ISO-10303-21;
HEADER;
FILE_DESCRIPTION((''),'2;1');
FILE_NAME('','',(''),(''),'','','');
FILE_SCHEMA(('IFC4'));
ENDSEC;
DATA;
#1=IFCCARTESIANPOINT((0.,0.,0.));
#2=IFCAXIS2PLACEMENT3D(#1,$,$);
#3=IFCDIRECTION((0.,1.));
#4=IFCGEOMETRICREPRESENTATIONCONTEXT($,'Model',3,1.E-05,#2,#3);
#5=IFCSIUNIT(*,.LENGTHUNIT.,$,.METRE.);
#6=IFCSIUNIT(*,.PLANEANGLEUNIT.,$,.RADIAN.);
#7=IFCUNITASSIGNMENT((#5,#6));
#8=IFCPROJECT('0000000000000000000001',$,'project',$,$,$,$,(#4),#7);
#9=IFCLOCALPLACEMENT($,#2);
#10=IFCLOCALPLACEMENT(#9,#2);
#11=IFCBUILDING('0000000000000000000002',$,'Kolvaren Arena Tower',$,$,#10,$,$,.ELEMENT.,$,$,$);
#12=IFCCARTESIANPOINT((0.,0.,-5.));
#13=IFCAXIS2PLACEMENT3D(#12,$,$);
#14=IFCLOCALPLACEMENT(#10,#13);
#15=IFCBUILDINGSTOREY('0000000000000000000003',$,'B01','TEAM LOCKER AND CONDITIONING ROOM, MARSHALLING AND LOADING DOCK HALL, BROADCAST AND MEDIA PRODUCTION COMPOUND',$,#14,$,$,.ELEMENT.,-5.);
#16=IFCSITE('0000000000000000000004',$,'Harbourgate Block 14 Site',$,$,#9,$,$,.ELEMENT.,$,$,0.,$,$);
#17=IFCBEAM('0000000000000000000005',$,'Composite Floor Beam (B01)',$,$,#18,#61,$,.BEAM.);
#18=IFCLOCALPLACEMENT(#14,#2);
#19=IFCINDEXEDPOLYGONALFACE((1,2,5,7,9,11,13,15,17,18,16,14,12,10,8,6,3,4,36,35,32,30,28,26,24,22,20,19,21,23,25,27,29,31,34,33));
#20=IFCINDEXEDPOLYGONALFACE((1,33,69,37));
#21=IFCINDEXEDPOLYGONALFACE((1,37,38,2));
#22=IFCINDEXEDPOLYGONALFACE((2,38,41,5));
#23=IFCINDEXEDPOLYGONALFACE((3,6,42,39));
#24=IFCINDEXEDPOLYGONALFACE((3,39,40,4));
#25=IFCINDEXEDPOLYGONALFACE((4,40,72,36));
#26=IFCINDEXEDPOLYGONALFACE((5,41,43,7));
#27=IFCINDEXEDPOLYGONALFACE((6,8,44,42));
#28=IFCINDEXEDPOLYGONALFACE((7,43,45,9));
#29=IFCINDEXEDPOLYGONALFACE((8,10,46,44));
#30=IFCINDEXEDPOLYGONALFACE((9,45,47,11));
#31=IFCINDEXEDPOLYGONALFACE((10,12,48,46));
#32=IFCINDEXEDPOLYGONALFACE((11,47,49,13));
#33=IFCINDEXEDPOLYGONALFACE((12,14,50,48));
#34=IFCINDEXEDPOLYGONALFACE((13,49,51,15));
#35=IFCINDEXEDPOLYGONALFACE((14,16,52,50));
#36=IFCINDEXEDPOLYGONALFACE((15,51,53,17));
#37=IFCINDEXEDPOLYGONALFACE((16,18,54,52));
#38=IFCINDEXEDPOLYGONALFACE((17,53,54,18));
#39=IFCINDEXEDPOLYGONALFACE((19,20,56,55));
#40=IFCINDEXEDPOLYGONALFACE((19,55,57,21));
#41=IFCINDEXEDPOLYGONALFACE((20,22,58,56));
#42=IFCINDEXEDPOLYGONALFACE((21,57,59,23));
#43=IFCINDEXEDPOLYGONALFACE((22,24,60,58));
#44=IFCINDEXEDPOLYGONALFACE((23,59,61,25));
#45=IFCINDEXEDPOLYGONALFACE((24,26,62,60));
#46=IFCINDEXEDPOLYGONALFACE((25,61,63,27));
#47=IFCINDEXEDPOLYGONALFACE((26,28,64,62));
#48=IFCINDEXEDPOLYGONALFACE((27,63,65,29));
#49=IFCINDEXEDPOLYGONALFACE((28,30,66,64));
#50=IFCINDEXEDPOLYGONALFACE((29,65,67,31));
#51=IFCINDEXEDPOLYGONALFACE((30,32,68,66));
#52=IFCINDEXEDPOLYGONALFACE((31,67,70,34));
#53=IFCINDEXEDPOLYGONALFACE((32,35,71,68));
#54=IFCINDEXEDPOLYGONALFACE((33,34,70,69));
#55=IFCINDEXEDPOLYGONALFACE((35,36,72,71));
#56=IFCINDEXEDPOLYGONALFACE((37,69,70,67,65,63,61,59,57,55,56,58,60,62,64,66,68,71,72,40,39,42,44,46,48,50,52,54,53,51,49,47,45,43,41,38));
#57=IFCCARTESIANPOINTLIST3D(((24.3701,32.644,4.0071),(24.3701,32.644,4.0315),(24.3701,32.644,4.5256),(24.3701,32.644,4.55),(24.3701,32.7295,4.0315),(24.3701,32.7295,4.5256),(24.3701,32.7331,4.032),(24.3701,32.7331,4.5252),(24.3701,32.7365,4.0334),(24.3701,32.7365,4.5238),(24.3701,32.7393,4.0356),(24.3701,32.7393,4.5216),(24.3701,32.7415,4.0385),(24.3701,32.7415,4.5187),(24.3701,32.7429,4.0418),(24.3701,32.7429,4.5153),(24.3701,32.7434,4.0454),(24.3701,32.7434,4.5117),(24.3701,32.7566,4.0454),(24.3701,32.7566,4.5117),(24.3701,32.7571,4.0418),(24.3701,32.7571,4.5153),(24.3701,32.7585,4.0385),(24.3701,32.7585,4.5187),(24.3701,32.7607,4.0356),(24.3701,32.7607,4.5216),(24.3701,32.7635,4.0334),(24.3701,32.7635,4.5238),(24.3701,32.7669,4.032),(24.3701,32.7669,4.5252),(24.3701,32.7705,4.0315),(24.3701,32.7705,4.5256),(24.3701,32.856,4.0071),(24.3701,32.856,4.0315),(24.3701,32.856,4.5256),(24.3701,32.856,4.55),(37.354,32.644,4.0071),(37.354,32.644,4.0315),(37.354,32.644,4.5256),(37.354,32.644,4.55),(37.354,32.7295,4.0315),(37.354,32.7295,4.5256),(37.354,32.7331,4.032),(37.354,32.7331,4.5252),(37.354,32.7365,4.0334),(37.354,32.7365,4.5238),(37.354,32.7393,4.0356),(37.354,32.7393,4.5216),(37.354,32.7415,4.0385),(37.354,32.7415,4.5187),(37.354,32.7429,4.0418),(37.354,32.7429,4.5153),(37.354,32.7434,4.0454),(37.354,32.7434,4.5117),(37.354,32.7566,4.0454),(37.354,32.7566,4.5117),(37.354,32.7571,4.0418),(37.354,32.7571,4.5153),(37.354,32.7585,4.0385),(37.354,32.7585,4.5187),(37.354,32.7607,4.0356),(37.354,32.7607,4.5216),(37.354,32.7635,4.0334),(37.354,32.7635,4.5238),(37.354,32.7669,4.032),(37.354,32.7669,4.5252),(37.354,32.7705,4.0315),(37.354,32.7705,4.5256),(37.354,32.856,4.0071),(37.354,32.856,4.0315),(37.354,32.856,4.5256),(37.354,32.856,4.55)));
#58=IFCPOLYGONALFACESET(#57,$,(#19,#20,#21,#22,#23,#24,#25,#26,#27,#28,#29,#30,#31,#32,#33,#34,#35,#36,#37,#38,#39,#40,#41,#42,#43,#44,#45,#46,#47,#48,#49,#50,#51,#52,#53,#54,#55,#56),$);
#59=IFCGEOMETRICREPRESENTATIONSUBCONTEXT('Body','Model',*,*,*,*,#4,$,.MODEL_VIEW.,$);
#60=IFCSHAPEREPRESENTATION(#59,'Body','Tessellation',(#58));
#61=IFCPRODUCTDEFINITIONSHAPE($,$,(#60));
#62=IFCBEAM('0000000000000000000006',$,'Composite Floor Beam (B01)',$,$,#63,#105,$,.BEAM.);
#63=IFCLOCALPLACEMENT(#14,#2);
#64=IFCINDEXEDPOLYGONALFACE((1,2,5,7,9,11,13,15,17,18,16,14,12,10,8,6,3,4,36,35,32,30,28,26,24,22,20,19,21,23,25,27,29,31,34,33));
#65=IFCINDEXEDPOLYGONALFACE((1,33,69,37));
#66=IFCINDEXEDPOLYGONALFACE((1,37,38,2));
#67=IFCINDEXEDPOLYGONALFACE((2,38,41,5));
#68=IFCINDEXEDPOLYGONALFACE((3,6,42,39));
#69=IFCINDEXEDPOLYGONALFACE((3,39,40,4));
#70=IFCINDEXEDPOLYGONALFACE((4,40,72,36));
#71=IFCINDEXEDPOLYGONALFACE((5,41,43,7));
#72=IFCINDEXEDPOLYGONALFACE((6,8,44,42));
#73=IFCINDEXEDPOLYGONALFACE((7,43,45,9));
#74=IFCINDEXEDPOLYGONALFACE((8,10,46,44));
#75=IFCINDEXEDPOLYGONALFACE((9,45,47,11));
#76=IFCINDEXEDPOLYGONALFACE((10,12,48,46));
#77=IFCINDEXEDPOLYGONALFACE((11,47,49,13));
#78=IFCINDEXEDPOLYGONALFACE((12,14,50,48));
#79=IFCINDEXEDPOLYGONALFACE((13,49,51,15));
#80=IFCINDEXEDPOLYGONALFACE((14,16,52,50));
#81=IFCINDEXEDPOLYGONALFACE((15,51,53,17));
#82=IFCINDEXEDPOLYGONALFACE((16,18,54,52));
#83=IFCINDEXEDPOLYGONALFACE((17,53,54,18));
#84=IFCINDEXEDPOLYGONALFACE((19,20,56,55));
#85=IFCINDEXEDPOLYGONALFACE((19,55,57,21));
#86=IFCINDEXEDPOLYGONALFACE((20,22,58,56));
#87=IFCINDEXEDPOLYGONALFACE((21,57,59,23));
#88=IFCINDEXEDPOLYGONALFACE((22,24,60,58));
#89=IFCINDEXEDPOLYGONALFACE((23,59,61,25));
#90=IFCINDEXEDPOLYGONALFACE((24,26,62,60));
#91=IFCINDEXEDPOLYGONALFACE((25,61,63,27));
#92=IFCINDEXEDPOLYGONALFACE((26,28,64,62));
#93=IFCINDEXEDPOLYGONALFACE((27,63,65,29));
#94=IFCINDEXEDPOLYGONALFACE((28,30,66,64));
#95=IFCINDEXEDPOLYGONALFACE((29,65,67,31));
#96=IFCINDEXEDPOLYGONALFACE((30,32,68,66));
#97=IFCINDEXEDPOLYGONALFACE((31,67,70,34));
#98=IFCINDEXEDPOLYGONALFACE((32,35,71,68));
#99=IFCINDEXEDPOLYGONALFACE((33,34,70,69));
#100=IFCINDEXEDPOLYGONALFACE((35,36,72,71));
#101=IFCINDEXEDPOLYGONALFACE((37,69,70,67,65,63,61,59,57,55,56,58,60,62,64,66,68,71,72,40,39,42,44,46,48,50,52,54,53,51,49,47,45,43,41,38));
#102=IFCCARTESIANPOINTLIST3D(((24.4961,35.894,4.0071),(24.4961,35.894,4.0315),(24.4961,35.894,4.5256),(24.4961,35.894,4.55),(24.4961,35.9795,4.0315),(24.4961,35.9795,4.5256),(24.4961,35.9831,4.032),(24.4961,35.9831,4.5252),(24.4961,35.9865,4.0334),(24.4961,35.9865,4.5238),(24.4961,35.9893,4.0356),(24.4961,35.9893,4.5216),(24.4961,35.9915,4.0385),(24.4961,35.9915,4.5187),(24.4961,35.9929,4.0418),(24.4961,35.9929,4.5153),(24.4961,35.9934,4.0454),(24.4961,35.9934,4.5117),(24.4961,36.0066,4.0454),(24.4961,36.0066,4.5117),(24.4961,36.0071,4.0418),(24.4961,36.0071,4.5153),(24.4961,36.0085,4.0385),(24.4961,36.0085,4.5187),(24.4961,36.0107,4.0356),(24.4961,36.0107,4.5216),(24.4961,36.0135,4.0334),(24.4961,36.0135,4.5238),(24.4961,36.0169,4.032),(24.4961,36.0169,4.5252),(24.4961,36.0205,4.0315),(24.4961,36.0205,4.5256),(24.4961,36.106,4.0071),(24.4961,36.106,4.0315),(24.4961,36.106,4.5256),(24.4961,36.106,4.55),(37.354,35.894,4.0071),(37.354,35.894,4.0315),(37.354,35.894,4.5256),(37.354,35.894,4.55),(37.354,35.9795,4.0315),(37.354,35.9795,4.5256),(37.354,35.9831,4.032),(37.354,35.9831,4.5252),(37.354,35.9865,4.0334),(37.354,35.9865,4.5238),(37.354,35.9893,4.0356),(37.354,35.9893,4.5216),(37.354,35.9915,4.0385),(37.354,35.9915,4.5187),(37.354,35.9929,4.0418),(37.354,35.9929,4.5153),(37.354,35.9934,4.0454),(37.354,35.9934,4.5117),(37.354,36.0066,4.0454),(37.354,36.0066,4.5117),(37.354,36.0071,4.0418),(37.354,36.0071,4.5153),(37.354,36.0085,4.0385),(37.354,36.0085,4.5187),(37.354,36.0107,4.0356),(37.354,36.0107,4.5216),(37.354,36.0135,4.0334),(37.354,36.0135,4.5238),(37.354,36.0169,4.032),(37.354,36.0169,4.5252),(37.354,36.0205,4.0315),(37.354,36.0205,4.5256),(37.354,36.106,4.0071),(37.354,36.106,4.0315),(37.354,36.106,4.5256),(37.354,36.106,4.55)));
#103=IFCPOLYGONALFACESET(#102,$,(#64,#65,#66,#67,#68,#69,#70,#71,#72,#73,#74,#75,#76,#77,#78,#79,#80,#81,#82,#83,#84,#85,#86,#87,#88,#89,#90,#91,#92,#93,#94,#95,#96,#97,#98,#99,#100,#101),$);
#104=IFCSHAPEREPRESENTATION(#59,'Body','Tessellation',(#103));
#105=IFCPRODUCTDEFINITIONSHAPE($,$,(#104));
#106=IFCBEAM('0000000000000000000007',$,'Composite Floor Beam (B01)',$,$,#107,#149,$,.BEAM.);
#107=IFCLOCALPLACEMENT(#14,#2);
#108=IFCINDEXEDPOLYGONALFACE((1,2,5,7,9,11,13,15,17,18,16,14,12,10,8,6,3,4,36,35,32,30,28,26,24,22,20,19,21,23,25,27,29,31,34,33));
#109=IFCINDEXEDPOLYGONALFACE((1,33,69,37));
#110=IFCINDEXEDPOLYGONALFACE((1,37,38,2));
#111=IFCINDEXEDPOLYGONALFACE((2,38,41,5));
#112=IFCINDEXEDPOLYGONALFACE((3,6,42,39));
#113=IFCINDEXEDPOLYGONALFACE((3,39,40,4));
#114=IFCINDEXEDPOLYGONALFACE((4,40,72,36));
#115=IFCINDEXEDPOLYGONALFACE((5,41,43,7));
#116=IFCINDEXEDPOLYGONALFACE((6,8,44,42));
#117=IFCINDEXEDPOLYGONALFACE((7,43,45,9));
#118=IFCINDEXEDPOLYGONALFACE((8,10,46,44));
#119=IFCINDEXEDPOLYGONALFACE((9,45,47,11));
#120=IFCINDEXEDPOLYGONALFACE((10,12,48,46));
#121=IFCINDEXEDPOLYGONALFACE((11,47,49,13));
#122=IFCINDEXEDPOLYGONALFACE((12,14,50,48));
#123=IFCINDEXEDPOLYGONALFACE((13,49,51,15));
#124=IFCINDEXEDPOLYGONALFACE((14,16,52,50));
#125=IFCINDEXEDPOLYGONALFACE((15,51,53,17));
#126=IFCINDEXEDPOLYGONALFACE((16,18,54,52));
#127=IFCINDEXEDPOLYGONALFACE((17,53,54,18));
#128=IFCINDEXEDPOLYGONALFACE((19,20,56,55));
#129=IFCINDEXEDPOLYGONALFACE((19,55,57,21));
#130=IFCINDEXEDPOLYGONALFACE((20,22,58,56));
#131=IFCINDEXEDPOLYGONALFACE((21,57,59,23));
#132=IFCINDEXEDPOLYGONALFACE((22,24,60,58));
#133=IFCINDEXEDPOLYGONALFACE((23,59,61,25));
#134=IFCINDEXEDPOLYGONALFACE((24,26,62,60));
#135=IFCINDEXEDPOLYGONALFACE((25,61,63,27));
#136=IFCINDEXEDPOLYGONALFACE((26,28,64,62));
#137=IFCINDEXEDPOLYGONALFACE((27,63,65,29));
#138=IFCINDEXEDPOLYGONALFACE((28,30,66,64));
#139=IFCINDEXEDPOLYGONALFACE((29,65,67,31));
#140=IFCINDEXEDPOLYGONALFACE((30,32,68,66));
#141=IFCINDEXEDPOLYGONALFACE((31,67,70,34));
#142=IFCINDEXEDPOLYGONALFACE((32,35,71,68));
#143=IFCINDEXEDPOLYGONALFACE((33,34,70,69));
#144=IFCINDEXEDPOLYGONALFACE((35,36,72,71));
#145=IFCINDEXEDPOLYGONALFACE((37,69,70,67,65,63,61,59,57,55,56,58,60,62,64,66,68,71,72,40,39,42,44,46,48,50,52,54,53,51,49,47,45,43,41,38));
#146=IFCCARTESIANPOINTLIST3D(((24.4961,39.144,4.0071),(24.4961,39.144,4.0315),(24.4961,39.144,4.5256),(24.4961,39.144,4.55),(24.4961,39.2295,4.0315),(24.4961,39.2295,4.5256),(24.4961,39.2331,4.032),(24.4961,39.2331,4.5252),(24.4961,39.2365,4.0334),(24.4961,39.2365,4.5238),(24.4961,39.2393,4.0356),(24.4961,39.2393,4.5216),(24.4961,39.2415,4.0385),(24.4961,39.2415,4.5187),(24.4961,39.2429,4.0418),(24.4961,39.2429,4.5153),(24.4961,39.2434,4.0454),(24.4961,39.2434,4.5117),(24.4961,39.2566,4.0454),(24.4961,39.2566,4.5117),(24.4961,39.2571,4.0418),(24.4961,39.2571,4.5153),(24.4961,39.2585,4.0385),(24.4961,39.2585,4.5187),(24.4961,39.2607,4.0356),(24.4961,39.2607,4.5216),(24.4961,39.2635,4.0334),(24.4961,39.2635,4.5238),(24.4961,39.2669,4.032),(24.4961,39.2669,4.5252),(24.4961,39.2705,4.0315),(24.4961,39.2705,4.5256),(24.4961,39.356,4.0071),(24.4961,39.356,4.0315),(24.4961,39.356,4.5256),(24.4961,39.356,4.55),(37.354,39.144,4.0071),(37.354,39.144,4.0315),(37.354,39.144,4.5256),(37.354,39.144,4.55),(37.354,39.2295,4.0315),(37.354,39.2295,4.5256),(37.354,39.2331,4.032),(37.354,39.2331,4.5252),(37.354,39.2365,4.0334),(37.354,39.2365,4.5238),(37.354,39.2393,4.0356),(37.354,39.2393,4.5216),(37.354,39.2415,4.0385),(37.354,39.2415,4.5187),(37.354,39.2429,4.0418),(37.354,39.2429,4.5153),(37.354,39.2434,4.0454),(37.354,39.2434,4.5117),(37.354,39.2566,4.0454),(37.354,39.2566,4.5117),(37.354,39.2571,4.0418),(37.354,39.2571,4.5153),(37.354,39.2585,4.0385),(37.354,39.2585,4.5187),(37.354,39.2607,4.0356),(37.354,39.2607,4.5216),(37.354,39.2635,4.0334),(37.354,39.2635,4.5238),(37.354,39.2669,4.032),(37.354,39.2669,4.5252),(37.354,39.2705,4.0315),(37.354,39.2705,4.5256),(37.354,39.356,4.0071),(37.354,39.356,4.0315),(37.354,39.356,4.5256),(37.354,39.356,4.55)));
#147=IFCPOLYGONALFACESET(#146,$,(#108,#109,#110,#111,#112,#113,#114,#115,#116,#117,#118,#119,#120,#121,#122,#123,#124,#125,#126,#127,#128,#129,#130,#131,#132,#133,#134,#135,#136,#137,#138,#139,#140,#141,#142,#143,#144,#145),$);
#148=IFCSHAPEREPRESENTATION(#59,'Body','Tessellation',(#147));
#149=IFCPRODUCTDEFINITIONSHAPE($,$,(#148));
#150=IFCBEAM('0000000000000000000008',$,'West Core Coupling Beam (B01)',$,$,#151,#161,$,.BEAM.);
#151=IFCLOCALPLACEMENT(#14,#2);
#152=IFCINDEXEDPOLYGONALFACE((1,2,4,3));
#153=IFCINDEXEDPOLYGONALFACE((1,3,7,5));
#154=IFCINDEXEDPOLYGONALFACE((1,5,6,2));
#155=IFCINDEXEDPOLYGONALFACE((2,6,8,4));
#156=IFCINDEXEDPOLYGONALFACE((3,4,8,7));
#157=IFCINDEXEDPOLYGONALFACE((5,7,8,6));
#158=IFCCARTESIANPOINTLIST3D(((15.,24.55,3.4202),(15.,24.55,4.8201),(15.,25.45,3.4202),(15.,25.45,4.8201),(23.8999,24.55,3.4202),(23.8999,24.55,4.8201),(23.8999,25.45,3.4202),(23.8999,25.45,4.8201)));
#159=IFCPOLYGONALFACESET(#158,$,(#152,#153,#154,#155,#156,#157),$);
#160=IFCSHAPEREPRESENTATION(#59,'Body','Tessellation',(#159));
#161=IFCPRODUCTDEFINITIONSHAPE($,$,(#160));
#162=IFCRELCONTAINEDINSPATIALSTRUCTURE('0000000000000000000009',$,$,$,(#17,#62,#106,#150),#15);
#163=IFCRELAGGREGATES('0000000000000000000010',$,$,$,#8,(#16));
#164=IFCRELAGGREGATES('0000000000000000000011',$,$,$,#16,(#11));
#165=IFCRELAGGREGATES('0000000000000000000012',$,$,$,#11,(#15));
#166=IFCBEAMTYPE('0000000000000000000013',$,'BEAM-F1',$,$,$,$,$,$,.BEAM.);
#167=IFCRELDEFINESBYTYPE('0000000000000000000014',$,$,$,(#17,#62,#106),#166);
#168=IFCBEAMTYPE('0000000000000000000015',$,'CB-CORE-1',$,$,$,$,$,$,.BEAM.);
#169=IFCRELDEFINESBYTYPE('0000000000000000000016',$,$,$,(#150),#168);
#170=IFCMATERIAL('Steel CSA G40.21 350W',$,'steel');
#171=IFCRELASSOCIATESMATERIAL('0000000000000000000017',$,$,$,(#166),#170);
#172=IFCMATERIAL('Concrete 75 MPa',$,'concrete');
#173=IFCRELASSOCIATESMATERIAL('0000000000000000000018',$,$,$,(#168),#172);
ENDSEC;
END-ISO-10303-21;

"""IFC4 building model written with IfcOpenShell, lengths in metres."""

from ifc_helpers import new_model, si_unit, direction, frame, origin, origin_2d, place, context, subcontext, project, spatial, rectangle, i_section, extrude, material, material_profile, profile_set, type_object, element, save


model = new_model("IFC4")

# Units and contexts
model_context = context("Model", 3, precision=1e-05, world=origin(), true_north=direction((0.0, 1.0)))
body_context = subcontext(model_context, "Body", "Model", "MODEL_VIEW")
ifc_project = project(units=[si_unit("LENGTHUNIT", "METRE"), si_unit("PLANEANGLEUNIT", "RADIAN")], contexts=[model_context])

# Site, building, storey
site_placement = place(None, origin())
site = spatial("IfcSite", under=ifc_project, at=site_placement, Name="Harbourgate Block 14 Site", CompositionType="ELEMENT", RefElevation=0.0)
building_placement = place(site_placement, origin())
building = spatial("IfcBuilding", under=site, at=building_placement, Name="Kolvaren Arena Tower", CompositionType="ELEMENT")
storey_placement = place(building_placement, frame((0.0, 0.0, -5.0)))
storey = spatial("IfcBuildingStorey", under=building, at=storey_placement, Name="B01", Description="TEAM LOCKER AND CONDITIONING ROOM, MARSHALLING AND LOADING DOCK HALL, BROADCAST AND MEDIA PRODUCTION COMPOUND", CompositionType="ELEMENT", Elevation=-5.0)

# Beams
ifc_material_1 = material(Name="Steel CSA G40.21 350W", Category="steel")
ifc_material_profile_1 = material_profile(ifc_material_1, i_section(OverallWidth=0.2119, OverallDepth=0.543, WebThickness=0.0132, FlangeThickness=0.0244, FilletRadius=0.0139, at=origin_2d()), Name="W530x150")
ifc_profile_set_1 = profile_set([ifc_material_profile_1], Name="Steel CSA G40.21 350W")
beam_type_1 = type_object("IfcBeamType", Name="BEAM-F1", PredefinedType="BEAM", material=ifc_profile_set_1)
for number, where, z_axis, x_axis, name in (
    (1, (24.3701, 32.75, 4.2786), (1.0, 0.0, 0.0), (0.0, 1.0, 0.0), "Composite Floor Beam (B01)"),
):
    element("IfcBeam", number, at=place(storey_placement, frame(where, z_axis=z_axis, x_axis=x_axis)), inside=storey, type_object=beam_type_1, Name=name, PredefinedType="BEAM", context=body_context, shape_type="SweptSolid", body=[
        extrude(i_section(OverallWidth=0.2119, OverallDepth=0.543, WebThickness=0.0132, FlangeThickness=0.0244, FilletRadius=0.0139, at=origin_2d()), origin(), (0.0, 0.0, 1.0), 12.9839),
    ])
for number, where, z_axis, x_axis, name in (
    (2, (24.4961, 36.0, 4.2786), (1.0, 0.0, 0.0), (0.0, 1.0, 0.0), "Composite Floor Beam (B01)"),
    (3, (24.4961, 39.25, 4.2786), (1.0, 0.0, 0.0), (0.0, 1.0, 0.0), "Composite Floor Beam (B01)"),
):
    element("IfcBeam", number, at=place(storey_placement, frame(where, z_axis=z_axis, x_axis=x_axis)), inside=storey, type_object=beam_type_1, Name=name, PredefinedType="BEAM", context=body_context, shape_type="SweptSolid", body=[
        extrude(i_section(OverallWidth=0.2119, OverallDepth=0.543, WebThickness=0.0132, FlangeThickness=0.0244, FilletRadius=0.0139, at=origin_2d()), origin(), (0.0, 0.0, 1.0), 12.8579),
    ])
ifc_material_2 = material(Name="Concrete 75 MPa", Category="concrete")
ifc_material_profile_2 = material_profile(ifc_material_2, rectangle(XDim=0.8999, YDim=1.3999, at=origin_2d()), Name="RC-900x1400")
ifc_profile_set_2 = profile_set([ifc_material_profile_2], Name="Concrete 75 MPa")
beam_type_2 = type_object("IfcBeamType", Name="CB-CORE-1", PredefinedType="BEAM", material=ifc_profile_set_2)
beam_1_placement = place(storey_placement, frame((15.0, 25.0, 4.1201), z_axis=(1.0, 0.0, 0.0), x_axis=(0.0, 1.0, 0.0)))
element("IfcBeam", 4, at=beam_1_placement, inside=storey, type_object=beam_type_2, Name="West Core Coupling Beam (B01)", PredefinedType="BEAM", context=body_context, shape_type="SweptSolid", body=[
    extrude(rectangle(XDim=0.8999, YDim=1.3999, at=origin_2d()), origin(), (0.0, 0.0, 1.0), 8.8999),
])

save(model, "model.ifc")
